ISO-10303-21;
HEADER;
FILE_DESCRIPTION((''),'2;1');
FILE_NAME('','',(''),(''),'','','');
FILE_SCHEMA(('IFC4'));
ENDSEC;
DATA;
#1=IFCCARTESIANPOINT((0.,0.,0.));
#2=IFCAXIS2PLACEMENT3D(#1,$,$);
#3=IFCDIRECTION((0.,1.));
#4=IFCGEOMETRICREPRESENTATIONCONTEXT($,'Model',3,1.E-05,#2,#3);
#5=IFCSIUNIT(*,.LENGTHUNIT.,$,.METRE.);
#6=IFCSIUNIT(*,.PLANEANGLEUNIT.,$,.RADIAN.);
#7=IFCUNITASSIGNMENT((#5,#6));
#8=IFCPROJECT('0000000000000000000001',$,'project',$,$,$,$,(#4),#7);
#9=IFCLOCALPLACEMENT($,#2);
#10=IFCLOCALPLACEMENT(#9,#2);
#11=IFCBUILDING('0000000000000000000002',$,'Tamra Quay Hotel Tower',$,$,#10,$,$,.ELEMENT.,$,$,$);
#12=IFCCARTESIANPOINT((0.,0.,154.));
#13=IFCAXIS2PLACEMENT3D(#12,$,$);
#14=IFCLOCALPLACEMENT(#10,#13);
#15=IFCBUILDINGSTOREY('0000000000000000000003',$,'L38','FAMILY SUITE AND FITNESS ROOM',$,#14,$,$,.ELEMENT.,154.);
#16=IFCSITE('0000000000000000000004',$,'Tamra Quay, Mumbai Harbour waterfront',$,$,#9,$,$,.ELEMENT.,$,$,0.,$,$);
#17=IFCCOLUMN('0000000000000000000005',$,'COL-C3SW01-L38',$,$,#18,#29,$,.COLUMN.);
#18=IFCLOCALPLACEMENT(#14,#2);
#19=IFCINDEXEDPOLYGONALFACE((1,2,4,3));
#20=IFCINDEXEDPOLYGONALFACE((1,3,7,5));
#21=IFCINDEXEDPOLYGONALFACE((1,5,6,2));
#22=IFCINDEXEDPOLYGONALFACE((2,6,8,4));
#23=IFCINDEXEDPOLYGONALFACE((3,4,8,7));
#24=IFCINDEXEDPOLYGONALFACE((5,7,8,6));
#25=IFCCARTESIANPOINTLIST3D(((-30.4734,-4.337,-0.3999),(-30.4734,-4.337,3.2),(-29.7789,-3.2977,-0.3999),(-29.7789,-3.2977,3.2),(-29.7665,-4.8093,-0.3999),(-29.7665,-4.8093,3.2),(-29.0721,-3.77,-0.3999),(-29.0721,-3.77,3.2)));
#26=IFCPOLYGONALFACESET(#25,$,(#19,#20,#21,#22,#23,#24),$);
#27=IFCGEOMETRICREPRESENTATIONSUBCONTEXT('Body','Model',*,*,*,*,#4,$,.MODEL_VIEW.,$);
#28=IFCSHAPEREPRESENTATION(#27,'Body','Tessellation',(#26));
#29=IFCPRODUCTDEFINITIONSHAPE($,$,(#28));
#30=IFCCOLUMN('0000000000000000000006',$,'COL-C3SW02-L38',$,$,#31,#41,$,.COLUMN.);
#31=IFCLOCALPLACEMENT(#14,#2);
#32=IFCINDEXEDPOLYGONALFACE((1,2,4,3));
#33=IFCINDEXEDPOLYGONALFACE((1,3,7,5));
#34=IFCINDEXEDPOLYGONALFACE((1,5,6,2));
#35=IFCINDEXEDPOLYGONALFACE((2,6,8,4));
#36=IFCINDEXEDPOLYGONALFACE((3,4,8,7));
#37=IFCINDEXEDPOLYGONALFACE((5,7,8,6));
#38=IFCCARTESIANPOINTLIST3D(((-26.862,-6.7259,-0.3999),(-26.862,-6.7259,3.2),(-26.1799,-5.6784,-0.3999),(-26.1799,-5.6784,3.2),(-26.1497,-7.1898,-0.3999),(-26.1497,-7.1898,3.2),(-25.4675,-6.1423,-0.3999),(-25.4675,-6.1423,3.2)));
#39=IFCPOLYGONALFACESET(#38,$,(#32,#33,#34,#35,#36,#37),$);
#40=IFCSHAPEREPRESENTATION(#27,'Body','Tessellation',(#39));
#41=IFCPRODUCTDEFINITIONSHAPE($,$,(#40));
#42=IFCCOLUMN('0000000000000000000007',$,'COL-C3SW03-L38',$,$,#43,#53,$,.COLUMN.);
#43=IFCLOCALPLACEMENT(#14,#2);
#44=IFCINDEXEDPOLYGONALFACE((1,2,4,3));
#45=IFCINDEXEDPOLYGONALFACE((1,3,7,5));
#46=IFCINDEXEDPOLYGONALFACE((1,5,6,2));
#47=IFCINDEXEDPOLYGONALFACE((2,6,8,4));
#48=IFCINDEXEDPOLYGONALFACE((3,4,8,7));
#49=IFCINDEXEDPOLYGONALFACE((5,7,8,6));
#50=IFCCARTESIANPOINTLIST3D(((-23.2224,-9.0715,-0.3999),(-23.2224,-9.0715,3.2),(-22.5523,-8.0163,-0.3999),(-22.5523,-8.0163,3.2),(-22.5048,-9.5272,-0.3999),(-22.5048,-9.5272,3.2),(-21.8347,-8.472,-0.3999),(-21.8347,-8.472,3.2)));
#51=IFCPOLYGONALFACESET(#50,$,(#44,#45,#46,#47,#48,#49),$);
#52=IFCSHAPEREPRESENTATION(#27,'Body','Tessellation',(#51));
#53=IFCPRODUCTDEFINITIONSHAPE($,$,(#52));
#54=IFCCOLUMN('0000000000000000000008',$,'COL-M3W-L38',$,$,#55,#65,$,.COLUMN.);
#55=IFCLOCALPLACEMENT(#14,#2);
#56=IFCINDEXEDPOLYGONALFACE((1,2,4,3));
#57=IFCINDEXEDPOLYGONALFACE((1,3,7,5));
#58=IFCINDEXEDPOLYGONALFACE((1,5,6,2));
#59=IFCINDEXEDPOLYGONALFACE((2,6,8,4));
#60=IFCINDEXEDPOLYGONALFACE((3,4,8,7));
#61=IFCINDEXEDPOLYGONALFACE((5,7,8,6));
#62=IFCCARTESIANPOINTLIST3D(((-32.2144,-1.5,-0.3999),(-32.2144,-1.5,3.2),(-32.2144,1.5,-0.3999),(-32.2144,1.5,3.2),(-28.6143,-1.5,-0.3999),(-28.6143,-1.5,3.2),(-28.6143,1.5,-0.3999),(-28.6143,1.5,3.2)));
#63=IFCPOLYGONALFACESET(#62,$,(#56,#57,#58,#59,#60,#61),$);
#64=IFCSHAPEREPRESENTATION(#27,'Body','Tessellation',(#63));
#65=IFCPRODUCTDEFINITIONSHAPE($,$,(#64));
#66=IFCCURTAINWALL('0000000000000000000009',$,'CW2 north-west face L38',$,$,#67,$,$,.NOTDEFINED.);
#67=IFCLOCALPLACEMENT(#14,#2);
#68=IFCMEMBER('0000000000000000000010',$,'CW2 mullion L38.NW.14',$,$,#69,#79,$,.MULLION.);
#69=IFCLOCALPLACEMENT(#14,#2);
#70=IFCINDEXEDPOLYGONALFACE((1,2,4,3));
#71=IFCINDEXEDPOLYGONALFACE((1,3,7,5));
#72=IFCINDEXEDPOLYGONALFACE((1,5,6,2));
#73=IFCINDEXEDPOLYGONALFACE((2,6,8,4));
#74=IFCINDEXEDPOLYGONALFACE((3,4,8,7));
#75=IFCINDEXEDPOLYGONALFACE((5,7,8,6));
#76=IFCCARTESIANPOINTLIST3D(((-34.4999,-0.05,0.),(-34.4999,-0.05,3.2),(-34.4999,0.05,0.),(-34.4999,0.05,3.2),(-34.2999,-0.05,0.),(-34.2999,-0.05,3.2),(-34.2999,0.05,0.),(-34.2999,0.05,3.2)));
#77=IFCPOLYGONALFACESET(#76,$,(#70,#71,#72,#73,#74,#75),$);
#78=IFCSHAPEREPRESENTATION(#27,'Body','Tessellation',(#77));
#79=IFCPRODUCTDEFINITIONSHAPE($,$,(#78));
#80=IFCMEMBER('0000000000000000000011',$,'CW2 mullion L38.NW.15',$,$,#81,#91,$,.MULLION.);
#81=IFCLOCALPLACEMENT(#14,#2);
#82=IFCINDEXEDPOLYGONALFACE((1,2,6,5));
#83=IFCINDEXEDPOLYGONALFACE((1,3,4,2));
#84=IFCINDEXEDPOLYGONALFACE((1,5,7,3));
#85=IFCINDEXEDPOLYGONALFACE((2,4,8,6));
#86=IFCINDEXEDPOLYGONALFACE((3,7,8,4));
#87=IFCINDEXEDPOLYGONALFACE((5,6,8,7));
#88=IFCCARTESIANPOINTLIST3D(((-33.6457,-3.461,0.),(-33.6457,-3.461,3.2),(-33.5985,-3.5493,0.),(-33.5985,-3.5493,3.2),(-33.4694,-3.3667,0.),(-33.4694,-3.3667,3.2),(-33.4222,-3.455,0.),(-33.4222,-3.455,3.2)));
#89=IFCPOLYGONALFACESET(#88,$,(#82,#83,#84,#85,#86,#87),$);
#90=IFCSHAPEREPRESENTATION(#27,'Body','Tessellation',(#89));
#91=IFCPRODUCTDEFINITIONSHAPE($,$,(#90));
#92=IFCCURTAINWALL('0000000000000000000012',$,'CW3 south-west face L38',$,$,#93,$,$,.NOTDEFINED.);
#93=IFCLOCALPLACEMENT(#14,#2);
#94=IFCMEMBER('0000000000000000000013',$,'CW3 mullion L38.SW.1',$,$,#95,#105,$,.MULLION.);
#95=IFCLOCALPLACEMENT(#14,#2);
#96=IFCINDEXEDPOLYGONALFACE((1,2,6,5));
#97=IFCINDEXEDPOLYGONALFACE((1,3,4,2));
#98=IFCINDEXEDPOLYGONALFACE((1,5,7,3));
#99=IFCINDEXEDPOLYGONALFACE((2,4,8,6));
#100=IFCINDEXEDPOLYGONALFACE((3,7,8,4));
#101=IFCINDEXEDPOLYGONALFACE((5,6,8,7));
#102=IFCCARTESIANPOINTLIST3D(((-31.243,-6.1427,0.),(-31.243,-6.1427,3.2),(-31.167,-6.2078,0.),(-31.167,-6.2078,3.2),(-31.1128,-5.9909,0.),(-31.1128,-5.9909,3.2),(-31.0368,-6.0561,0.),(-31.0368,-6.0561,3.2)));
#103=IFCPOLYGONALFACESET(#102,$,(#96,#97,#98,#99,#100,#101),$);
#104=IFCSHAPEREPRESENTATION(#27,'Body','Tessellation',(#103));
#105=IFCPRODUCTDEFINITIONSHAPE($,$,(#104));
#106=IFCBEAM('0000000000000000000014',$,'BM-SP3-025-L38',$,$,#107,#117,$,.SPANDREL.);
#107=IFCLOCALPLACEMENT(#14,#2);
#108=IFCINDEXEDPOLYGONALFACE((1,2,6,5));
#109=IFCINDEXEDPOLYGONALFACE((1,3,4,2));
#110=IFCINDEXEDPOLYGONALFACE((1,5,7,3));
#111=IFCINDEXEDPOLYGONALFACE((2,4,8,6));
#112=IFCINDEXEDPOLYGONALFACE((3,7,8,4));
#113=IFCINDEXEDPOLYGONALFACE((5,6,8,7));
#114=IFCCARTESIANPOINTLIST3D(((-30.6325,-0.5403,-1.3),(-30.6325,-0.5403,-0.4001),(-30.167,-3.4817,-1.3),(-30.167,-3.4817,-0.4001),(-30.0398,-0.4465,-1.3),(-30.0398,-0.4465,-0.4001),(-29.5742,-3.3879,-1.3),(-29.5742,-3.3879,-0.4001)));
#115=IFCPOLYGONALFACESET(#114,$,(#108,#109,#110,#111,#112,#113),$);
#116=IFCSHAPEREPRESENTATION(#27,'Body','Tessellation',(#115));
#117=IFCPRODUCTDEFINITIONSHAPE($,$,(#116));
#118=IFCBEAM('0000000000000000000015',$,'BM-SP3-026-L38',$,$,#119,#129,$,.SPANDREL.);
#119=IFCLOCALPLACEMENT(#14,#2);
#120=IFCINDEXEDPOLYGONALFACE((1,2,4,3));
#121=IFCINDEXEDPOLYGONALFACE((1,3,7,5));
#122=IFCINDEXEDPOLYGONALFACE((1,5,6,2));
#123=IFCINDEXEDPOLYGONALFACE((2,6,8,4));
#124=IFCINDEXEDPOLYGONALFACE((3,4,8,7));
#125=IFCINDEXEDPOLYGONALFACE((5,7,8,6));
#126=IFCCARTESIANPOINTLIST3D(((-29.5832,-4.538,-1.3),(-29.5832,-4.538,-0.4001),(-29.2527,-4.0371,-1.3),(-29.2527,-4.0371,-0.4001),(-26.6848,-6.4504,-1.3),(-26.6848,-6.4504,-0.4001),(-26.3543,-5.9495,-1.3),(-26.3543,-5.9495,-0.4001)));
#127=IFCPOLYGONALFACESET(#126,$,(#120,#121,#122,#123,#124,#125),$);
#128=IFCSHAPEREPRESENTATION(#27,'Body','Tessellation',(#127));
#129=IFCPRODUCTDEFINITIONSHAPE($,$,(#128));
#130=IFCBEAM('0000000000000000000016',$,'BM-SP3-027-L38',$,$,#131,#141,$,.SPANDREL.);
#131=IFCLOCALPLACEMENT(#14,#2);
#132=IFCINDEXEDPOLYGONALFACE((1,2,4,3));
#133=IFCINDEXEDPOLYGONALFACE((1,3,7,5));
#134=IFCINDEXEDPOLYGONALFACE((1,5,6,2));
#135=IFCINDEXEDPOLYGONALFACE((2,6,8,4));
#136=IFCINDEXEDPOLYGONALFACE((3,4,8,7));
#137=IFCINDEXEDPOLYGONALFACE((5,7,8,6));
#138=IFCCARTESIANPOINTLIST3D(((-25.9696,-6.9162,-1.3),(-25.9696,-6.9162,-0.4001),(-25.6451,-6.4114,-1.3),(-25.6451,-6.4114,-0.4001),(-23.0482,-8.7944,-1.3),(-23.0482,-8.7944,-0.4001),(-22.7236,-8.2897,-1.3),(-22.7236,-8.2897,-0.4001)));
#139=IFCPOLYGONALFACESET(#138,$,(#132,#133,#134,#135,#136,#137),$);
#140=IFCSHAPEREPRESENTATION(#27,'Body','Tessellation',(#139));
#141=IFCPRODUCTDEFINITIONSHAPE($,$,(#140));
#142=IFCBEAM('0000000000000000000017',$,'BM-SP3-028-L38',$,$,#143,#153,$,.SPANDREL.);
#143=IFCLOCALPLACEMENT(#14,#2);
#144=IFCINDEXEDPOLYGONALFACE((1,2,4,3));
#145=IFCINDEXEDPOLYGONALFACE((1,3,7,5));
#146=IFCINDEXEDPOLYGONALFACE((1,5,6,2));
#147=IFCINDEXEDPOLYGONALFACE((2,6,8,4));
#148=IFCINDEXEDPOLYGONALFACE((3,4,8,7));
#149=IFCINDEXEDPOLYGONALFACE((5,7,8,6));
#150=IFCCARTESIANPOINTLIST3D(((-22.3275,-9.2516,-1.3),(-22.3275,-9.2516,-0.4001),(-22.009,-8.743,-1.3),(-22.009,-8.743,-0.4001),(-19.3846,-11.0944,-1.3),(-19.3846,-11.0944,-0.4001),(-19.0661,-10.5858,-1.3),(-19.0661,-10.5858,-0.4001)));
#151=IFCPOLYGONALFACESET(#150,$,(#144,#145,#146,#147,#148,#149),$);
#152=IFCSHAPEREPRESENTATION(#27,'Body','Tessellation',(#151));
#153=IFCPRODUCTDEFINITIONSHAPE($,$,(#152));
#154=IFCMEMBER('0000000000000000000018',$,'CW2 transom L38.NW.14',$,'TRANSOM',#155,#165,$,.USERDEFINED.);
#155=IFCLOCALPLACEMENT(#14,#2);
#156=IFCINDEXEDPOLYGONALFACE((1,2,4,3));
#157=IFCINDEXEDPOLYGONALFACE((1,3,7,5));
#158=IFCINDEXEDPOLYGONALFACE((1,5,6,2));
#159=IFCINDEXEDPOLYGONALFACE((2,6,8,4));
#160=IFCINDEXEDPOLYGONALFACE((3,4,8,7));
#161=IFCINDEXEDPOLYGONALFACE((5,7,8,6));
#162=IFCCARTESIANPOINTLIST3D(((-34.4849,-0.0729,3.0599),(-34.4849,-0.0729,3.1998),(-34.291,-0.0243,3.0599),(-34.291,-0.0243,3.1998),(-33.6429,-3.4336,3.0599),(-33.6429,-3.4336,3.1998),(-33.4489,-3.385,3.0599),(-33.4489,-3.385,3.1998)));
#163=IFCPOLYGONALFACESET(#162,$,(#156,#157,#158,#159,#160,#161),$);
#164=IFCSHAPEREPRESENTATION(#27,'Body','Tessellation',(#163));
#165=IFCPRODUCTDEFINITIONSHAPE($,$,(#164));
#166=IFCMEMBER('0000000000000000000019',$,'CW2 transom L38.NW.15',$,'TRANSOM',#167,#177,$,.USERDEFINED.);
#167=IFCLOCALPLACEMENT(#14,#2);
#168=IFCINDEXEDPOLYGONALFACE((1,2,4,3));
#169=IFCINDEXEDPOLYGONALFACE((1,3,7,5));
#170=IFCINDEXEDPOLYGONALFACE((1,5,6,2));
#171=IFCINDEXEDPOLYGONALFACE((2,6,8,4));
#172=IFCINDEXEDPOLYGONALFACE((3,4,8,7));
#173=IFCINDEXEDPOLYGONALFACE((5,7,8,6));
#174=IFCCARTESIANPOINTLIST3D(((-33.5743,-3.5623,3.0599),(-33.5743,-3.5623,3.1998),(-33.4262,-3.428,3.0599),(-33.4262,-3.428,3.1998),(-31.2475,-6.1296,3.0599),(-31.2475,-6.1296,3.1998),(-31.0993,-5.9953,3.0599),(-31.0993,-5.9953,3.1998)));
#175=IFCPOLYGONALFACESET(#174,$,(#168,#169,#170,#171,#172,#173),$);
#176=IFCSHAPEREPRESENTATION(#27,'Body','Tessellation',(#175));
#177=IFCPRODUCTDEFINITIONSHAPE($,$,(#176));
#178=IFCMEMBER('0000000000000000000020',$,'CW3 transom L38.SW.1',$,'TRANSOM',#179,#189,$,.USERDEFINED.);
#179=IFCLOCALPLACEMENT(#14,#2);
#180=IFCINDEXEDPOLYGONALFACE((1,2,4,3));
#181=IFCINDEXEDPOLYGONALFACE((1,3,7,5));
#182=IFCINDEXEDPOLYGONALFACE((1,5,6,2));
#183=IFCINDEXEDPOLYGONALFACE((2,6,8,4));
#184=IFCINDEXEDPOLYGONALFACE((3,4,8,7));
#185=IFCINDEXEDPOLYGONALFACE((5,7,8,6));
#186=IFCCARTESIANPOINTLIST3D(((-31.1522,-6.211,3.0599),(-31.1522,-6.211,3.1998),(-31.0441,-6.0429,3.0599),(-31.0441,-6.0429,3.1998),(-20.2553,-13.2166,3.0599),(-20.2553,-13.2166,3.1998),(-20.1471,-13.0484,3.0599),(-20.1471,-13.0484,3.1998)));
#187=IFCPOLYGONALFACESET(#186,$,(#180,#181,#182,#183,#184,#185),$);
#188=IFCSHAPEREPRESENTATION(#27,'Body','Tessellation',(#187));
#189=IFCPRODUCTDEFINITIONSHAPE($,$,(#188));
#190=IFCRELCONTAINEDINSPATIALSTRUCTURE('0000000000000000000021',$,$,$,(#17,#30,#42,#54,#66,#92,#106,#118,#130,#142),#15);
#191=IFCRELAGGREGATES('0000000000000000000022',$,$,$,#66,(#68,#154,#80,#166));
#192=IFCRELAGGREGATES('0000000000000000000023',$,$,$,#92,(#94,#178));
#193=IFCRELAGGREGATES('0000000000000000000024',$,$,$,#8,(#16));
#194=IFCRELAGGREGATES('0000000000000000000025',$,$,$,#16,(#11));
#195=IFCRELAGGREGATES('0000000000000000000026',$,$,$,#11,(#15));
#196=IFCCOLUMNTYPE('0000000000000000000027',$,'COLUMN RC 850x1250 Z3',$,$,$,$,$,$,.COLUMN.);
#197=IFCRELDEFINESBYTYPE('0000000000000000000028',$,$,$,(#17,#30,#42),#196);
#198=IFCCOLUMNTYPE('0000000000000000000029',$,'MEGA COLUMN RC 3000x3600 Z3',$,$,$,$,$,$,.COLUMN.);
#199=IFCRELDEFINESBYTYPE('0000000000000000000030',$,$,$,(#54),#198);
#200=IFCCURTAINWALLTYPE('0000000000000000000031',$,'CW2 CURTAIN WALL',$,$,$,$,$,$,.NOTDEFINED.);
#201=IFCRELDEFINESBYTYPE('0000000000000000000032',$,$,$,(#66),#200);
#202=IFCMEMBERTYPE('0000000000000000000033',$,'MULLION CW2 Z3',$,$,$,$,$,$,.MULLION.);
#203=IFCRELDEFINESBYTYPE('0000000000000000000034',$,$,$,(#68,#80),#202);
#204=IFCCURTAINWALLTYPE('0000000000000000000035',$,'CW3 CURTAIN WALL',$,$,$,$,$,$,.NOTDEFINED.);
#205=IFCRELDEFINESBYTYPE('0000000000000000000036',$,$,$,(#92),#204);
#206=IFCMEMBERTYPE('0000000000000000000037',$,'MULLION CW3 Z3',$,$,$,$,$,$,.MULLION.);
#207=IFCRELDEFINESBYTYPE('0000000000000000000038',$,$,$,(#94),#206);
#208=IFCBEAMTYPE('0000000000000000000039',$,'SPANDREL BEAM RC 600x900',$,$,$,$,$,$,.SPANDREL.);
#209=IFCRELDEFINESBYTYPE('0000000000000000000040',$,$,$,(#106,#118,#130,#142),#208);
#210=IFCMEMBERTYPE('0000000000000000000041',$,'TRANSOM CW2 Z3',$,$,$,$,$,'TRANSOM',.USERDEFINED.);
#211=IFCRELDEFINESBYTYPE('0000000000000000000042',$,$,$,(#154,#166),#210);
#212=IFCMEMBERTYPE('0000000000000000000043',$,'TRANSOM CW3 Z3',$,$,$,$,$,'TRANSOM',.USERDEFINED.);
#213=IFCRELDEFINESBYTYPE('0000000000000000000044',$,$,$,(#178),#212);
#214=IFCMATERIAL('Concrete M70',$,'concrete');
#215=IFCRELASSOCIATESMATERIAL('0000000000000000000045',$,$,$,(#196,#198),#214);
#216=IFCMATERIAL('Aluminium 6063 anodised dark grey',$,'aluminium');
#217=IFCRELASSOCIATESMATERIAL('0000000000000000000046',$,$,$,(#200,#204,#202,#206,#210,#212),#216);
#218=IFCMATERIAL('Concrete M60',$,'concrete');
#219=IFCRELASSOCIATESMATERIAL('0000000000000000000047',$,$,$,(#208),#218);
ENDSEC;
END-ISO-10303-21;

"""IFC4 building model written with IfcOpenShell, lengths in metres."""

from ifc_helpers import new_model, si_unit, direction, frame, origin, origin_2d, place, context, subcontext, project, spatial, rectangle, extrude, material, material_profile, profile_set, type_object, element, aggregate, save


model = new_model("IFC4")

# Units and contexts
model_context = context("Model", 3, precision=1e-05, world=origin(), true_north=direction((0.0, 1.0)))
body_context = subcontext(model_context, "Body", "Model", "MODEL_VIEW")
ifc_project = project(units=[si_unit("LENGTHUNIT", "METRE"), si_unit("PLANEANGLEUNIT", "RADIAN")], contexts=[model_context])

# Site, building, storey
site_placement = place(None, origin())
site = spatial("IfcSite", under=ifc_project, at=site_placement, Name="Tamra Quay, Mumbai Harbour waterfront", CompositionType="ELEMENT", RefElevation=0.0)
building_placement = place(site_placement, origin())
building = spatial("IfcBuilding", under=site, at=building_placement, Name="Tamra Quay Hotel Tower", CompositionType="ELEMENT")
storey_placement = place(building_placement, frame((0.0, 0.0, 154.0)))
storey = spatial("IfcBuildingStorey", under=building, at=storey_placement, Name="L38", Description="FAMILY SUITE AND FITNESS ROOM", CompositionType="ELEMENT", Elevation=154.0)

# Columns
ifc_material_1 = material(Name="Concrete M70", Category="concrete")
ifc_material_profile_1 = material_profile(ifc_material_1, rectangle(XDim=1.25, YDim=0.8501, at=origin_2d()), Name="COLUMN RC 850x1250 Z3")
ifc_profile_set_1 = profile_set([ifc_material_profile_1], Name="Concrete M70")
column_type_1 = type_object("IfcColumnType", Name="COLUMN RC 850x1250 Z3", PredefinedType="COLUMN", material=ifc_profile_set_1)
for number, where, z_axis, x_axis, name in (
    (1, (-29.7727, -4.0535, -0.3999), (0.0, 0.0, 1.0), (0.555583, 0.831461, 0.0), "COL-C3SW01-L38"),
    (2, (-26.1648, -6.4341, -0.3999), (0.0, 0.0, 1.0), (0.545703, 0.837979, 0.0), "COL-C3SW02-L38"),
    (3, (-22.5286, -8.7717, -0.3999), (0.0, 0.0, 1.0), (0.536102, 0.844153, 0.0), "COL-C3SW03-L38"),
):
    element("IfcColumn", number, at=place(storey_placement, frame(where, z_axis=z_axis, x_axis=x_axis)), inside=storey, type_object=column_type_1, Name=name, PredefinedType="COLUMN", context=body_context, shape_type="SweptSolid", body=[
        extrude(rectangle(XDim=1.25, YDim=0.8501, at=origin_2d()), origin(), (0.0, 0.0, 1.0), 3.5999),
    ])
ifc_material_profile_2 = material_profile(ifc_material_1, rectangle(XDim=3.6001, YDim=3.0, at=origin_2d()), Name="MEGA COLUMN RC 3000x3600 Z3")
ifc_profile_set_2 = profile_set([ifc_material_profile_2], Name="Concrete M70")
column_type_2 = type_object("IfcColumnType", Name="MEGA COLUMN RC 3000x3600 Z3", PredefinedType="COLUMN", material=ifc_profile_set_2)
column_placement = place(storey_placement, frame((-30.4143, 0.0, -0.3999), z_axis=(0.0, 0.0, 1.0), x_axis=(1.0, 0.0, 0.0)))
element("IfcColumn", 4, at=column_placement, inside=storey, type_object=column_type_2, Name="COL-M3W-L38", PredefinedType="COLUMN", context=body_context, shape_type="SweptSolid", body=[
    extrude(rectangle(XDim=3.6001, YDim=3.0, at=origin_2d()), origin(), (0.0, 0.0, 1.0), 3.5999),
])

# Curtain wall, members
ifc_material_2 = material(Name="Aluminium 6063 anodised dark grey", Category="aluminium")
curtain_wall_type_1 = type_object("IfcCurtainWallType", Name="CW2 CURTAIN WALL", PredefinedType="NOTDEFINED", material=ifc_material_2)
curtain_wall_1_placement = place(storey_placement, origin())
curtain_wall_1 = element("IfcCurtainWall", 5, at=curtain_wall_1_placement, inside=storey, type_object=curtain_wall_type_1, Name="CW2 north-west face L38", PredefinedType="NOTDEFINED")
ifc_material_profile_3 = material_profile(ifc_material_2, rectangle(XDim=0.2, YDim=0.1001, at=origin_2d()), Name="MULLION 100X200")
ifc_profile_set_3 = profile_set([ifc_material_profile_3], Name="Aluminium 6063 anodised dark grey")
member_type_1 = type_object("IfcMemberType", Name="MULLION CW2 Z3", PredefinedType="MULLION", material=ifc_profile_set_3)
member_1_placement = place(storey_placement, frame((-34.3999, 0.0, 0.0), z_axis=(0.0, 0.0, 1.0), x_axis=(-1.0, 0.0, 0.0)))
member_1 = element("IfcMember", 6, at=member_1_placement, type_object=member_type_1, Name="CW2 mullion L38.NW.14", PredefinedType="MULLION", context=body_context, shape_type="SweptSolid", body=[
    extrude(rectangle(XDim=0.2, YDim=0.1001, at=origin_2d()), origin(), (0.0, 0.0, 1.0), 3.2),
])
member_2_placement = place(storey_placement, frame((-33.5339, -3.458, 0.0), z_axis=(0.0, 0.0, 1.0), x_axis=(-0.881925, -0.471389, 0.0)))
member_2 = element("IfcMember", 7, at=member_2_placement, type_object=member_type_1, Name="CW2 mullion L38.NW.15", PredefinedType="MULLION", context=body_context, shape_type="SweptSolid", body=[
    extrude(rectangle(XDim=0.2, YDim=0.1001, at=origin_2d()), origin(), (0.0, 0.0, 1.0), 3.2),
])

# Curtain wall, member
curtain_wall_type_2 = type_object("IfcCurtainWallType", Name="CW3 CURTAIN WALL", PredefinedType="NOTDEFINED", material=ifc_material_2)
curtain_wall_2_placement = place(storey_placement, origin())
curtain_wall_2 = element("IfcCurtainWall", 8, at=curtain_wall_2_placement, inside=storey, type_object=curtain_wall_type_2, Name="CW3 south-west face L38", PredefinedType="NOTDEFINED")
ifc_material_profile_4 = material_profile(ifc_material_2, rectangle(XDim=0.2, YDim=0.1001, at=origin_2d()), Name="MULLION 100X200")
ifc_profile_set_4 = profile_set([ifc_material_profile_4], Name="Aluminium 6063 anodised dark grey")
member_type_2 = type_object("IfcMemberType", Name="MULLION CW3 Z3", PredefinedType="MULLION", material=ifc_profile_set_4)
member_3_placement = place(storey_placement, frame((-31.1399, -6.0994, 0.0), z_axis=(0.0, 0.0, 1.0), x_axis=(-0.650989, -0.759087, 0.0)))
member_3 = element("IfcMember", 9, at=member_3_placement, type_object=member_type_2, Name="CW3 mullion L38.SW.1", PredefinedType="MULLION", context=body_context, shape_type="SweptSolid", body=[
    extrude(rectangle(XDim=0.2, YDim=0.1001, at=origin_2d()), origin(), (0.0, 0.0, 1.0), 3.2),
])

# Beams
ifc_material_3 = material(Name="Concrete M60", Category="concrete")
ifc_material_profile_5 = material_profile(ifc_material_3, rectangle(XDim=0.6001, YDim=0.8999, at=origin_2d()), Name="SPANDREL BEAM RC 600x900")
ifc_profile_set_5 = profile_set([ifc_material_profile_5], Name="Concrete M60")
beam_type = type_object("IfcBeamType", Name="SPANDREL BEAM RC 600x900", PredefinedType="SPANDREL", material=ifc_profile_set_5)
beam_1_placement = place(storey_placement, frame((-30.3362, -0.4934, -0.8501), z_axis=(0.156337, -0.987704, 0.0), x_axis=(0.987704, 0.156337, 0.0)))
element("IfcBeam", 10, at=beam_1_placement, inside=storey, type_object=beam_type, Name="BM-SP3-025-L38", PredefinedType="SPANDREL", context=body_context, shape_type="SweptSolid", body=[
    extrude(rectangle(XDim=0.6001, YDim=0.8999, at=origin_2d()), origin(), (0.0, 0.0, 1.0), 2.978),
])
beam_2_placement = place(storey_placement, frame((-29.418, -4.2876, -0.8501), z_axis=(0.834691, -0.550719, 0.0), x_axis=(0.550719, 0.834691, 0.0)))
element("IfcBeam", 11, at=beam_2_placement, inside=storey, type_object=beam_type, Name="BM-SP3-026-L38", PredefinedType="SPANDREL", context=body_context, shape_type="SweptSolid", body=[
    extrude(rectangle(XDim=0.6001, YDim=0.8999, at=origin_2d()), origin(), (0.0, 0.0, 1.0), 3.4724),
])
beam_3_placement = place(storey_placement, frame((-25.8074, -6.6638, -0.8501), z_axis=(0.84116, -0.540786, 0.0), x_axis=(0.540786, 0.84116, 0.0)))
element("IfcBeam", 12, at=beam_3_placement, inside=storey, type_object=beam_type, Name="BM-SP3-027-L38", PredefinedType="SPANDREL", context=body_context, shape_type="SweptSolid", body=[
    extrude(rectangle(XDim=0.6001, YDim=0.8999, at=origin_2d()), origin(), (0.0, 0.0, 1.0), 3.4731),
])
beam_4_placement = place(storey_placement, frame((-22.1682, -8.9973, -0.8501), z_axis=(0.847548, -0.530719, 0.0), x_axis=(0.530719, 0.847548, 0.0)))
element("IfcBeam", 13, at=beam_4_placement, inside=storey, type_object=beam_type, Name="BM-SP3-028-L38", PredefinedType="SPANDREL", context=body_context, shape_type="SweptSolid", body=[
    extrude(rectangle(XDim=0.6001, YDim=0.8999, at=origin_2d()), origin(), (0.0, 0.0, 1.0), 3.4722),
])

# Members
ifc_material_profile_6 = material_profile(ifc_material_2, rectangle(XDim=0.2, YDim=0.1399, at=origin_2d()), Name="TRANSOM 200X140")
ifc_profile_set_6 = profile_set([ifc_material_profile_6], Name="Aluminium 6063 anodised dark grey")
member_type_3 = type_object("IfcMemberType", Name="TRANSOM CW2 Z3", ElementType="TRANSOM", PredefinedType="USERDEFINED", material=ifc_profile_set_6)
member_4_placement = place(storey_placement, frame((-34.3879, -0.0486, 3.1299), z_axis=(0.243033, -0.970018, 0.0), x_axis=(0.970018, 0.243033, 0.0)))
member_4 = element("IfcMember", 14, at=member_4_placement, type_object=member_type_3, Name="CW2 transom L38.NW.14", ObjectType="TRANSOM", PredefinedType="USERDEFINED", context=body_context, shape_type="SweptSolid", body=[
    extrude(rectangle(XDim=0.2, YDim=0.1399, at=origin_2d()), origin(), (0.0, 0.0, 1.0), 3.4646),
])
member_5_placement = place(storey_placement, frame((-33.5002, -3.4951, 3.1299), z_axis=(0.671553, -0.740956, 0.0), x_axis=(0.740956, 0.671553, 0.0)))
member_5 = element("IfcMember", 15, at=member_5_placement, type_object=member_type_3, Name="CW2 transom L38.NW.15", ObjectType="TRANSOM", PredefinedType="USERDEFINED", context=body_context, shape_type="SweptSolid", body=[
    extrude(rectangle(XDim=0.2, YDim=0.1399, at=origin_2d()), origin(), (0.0, 0.0, 1.0), 3.4648),
])
ifc_material_profile_7 = material_profile(ifc_material_2, rectangle(XDim=0.2, YDim=0.1399, at=origin_2d()), Name="TRANSOM 200X140")
ifc_profile_set_7 = profile_set([ifc_material_profile_7], Name="Aluminium 6063 anodised dark grey")
member_type_4 = type_object("IfcMemberType", Name="TRANSOM CW3 Z3", ElementType="TRANSOM", PredefinedType="USERDEFINED", material=ifc_profile_set_7)
member_6_placement = place(storey_placement, frame((-31.0981, -6.127, 3.1299), z_axis=(0.841164, -0.54078, 0.0), x_axis=(0.54078, 0.841164, 0.0)))
member_6 = element("IfcMember", 16, at=member_6_placement, type_object=member_type_4, Name="CW3 transom L38.SW.1", ObjectType="TRANSOM", PredefinedType="USERDEFINED", context=body_context, shape_type="SweptSolid", body=[
    extrude(rectangle(XDim=0.2, YDim=0.1399, at=origin_2d()), origin(), (0.0, 0.0, 1.0), 12.9546),
])

aggregate(curtain_wall_1, [member_1, member_4, member_2, member_5])
aggregate(curtain_wall_2, [member_3, member_6])

save(model, "model.ifc")
